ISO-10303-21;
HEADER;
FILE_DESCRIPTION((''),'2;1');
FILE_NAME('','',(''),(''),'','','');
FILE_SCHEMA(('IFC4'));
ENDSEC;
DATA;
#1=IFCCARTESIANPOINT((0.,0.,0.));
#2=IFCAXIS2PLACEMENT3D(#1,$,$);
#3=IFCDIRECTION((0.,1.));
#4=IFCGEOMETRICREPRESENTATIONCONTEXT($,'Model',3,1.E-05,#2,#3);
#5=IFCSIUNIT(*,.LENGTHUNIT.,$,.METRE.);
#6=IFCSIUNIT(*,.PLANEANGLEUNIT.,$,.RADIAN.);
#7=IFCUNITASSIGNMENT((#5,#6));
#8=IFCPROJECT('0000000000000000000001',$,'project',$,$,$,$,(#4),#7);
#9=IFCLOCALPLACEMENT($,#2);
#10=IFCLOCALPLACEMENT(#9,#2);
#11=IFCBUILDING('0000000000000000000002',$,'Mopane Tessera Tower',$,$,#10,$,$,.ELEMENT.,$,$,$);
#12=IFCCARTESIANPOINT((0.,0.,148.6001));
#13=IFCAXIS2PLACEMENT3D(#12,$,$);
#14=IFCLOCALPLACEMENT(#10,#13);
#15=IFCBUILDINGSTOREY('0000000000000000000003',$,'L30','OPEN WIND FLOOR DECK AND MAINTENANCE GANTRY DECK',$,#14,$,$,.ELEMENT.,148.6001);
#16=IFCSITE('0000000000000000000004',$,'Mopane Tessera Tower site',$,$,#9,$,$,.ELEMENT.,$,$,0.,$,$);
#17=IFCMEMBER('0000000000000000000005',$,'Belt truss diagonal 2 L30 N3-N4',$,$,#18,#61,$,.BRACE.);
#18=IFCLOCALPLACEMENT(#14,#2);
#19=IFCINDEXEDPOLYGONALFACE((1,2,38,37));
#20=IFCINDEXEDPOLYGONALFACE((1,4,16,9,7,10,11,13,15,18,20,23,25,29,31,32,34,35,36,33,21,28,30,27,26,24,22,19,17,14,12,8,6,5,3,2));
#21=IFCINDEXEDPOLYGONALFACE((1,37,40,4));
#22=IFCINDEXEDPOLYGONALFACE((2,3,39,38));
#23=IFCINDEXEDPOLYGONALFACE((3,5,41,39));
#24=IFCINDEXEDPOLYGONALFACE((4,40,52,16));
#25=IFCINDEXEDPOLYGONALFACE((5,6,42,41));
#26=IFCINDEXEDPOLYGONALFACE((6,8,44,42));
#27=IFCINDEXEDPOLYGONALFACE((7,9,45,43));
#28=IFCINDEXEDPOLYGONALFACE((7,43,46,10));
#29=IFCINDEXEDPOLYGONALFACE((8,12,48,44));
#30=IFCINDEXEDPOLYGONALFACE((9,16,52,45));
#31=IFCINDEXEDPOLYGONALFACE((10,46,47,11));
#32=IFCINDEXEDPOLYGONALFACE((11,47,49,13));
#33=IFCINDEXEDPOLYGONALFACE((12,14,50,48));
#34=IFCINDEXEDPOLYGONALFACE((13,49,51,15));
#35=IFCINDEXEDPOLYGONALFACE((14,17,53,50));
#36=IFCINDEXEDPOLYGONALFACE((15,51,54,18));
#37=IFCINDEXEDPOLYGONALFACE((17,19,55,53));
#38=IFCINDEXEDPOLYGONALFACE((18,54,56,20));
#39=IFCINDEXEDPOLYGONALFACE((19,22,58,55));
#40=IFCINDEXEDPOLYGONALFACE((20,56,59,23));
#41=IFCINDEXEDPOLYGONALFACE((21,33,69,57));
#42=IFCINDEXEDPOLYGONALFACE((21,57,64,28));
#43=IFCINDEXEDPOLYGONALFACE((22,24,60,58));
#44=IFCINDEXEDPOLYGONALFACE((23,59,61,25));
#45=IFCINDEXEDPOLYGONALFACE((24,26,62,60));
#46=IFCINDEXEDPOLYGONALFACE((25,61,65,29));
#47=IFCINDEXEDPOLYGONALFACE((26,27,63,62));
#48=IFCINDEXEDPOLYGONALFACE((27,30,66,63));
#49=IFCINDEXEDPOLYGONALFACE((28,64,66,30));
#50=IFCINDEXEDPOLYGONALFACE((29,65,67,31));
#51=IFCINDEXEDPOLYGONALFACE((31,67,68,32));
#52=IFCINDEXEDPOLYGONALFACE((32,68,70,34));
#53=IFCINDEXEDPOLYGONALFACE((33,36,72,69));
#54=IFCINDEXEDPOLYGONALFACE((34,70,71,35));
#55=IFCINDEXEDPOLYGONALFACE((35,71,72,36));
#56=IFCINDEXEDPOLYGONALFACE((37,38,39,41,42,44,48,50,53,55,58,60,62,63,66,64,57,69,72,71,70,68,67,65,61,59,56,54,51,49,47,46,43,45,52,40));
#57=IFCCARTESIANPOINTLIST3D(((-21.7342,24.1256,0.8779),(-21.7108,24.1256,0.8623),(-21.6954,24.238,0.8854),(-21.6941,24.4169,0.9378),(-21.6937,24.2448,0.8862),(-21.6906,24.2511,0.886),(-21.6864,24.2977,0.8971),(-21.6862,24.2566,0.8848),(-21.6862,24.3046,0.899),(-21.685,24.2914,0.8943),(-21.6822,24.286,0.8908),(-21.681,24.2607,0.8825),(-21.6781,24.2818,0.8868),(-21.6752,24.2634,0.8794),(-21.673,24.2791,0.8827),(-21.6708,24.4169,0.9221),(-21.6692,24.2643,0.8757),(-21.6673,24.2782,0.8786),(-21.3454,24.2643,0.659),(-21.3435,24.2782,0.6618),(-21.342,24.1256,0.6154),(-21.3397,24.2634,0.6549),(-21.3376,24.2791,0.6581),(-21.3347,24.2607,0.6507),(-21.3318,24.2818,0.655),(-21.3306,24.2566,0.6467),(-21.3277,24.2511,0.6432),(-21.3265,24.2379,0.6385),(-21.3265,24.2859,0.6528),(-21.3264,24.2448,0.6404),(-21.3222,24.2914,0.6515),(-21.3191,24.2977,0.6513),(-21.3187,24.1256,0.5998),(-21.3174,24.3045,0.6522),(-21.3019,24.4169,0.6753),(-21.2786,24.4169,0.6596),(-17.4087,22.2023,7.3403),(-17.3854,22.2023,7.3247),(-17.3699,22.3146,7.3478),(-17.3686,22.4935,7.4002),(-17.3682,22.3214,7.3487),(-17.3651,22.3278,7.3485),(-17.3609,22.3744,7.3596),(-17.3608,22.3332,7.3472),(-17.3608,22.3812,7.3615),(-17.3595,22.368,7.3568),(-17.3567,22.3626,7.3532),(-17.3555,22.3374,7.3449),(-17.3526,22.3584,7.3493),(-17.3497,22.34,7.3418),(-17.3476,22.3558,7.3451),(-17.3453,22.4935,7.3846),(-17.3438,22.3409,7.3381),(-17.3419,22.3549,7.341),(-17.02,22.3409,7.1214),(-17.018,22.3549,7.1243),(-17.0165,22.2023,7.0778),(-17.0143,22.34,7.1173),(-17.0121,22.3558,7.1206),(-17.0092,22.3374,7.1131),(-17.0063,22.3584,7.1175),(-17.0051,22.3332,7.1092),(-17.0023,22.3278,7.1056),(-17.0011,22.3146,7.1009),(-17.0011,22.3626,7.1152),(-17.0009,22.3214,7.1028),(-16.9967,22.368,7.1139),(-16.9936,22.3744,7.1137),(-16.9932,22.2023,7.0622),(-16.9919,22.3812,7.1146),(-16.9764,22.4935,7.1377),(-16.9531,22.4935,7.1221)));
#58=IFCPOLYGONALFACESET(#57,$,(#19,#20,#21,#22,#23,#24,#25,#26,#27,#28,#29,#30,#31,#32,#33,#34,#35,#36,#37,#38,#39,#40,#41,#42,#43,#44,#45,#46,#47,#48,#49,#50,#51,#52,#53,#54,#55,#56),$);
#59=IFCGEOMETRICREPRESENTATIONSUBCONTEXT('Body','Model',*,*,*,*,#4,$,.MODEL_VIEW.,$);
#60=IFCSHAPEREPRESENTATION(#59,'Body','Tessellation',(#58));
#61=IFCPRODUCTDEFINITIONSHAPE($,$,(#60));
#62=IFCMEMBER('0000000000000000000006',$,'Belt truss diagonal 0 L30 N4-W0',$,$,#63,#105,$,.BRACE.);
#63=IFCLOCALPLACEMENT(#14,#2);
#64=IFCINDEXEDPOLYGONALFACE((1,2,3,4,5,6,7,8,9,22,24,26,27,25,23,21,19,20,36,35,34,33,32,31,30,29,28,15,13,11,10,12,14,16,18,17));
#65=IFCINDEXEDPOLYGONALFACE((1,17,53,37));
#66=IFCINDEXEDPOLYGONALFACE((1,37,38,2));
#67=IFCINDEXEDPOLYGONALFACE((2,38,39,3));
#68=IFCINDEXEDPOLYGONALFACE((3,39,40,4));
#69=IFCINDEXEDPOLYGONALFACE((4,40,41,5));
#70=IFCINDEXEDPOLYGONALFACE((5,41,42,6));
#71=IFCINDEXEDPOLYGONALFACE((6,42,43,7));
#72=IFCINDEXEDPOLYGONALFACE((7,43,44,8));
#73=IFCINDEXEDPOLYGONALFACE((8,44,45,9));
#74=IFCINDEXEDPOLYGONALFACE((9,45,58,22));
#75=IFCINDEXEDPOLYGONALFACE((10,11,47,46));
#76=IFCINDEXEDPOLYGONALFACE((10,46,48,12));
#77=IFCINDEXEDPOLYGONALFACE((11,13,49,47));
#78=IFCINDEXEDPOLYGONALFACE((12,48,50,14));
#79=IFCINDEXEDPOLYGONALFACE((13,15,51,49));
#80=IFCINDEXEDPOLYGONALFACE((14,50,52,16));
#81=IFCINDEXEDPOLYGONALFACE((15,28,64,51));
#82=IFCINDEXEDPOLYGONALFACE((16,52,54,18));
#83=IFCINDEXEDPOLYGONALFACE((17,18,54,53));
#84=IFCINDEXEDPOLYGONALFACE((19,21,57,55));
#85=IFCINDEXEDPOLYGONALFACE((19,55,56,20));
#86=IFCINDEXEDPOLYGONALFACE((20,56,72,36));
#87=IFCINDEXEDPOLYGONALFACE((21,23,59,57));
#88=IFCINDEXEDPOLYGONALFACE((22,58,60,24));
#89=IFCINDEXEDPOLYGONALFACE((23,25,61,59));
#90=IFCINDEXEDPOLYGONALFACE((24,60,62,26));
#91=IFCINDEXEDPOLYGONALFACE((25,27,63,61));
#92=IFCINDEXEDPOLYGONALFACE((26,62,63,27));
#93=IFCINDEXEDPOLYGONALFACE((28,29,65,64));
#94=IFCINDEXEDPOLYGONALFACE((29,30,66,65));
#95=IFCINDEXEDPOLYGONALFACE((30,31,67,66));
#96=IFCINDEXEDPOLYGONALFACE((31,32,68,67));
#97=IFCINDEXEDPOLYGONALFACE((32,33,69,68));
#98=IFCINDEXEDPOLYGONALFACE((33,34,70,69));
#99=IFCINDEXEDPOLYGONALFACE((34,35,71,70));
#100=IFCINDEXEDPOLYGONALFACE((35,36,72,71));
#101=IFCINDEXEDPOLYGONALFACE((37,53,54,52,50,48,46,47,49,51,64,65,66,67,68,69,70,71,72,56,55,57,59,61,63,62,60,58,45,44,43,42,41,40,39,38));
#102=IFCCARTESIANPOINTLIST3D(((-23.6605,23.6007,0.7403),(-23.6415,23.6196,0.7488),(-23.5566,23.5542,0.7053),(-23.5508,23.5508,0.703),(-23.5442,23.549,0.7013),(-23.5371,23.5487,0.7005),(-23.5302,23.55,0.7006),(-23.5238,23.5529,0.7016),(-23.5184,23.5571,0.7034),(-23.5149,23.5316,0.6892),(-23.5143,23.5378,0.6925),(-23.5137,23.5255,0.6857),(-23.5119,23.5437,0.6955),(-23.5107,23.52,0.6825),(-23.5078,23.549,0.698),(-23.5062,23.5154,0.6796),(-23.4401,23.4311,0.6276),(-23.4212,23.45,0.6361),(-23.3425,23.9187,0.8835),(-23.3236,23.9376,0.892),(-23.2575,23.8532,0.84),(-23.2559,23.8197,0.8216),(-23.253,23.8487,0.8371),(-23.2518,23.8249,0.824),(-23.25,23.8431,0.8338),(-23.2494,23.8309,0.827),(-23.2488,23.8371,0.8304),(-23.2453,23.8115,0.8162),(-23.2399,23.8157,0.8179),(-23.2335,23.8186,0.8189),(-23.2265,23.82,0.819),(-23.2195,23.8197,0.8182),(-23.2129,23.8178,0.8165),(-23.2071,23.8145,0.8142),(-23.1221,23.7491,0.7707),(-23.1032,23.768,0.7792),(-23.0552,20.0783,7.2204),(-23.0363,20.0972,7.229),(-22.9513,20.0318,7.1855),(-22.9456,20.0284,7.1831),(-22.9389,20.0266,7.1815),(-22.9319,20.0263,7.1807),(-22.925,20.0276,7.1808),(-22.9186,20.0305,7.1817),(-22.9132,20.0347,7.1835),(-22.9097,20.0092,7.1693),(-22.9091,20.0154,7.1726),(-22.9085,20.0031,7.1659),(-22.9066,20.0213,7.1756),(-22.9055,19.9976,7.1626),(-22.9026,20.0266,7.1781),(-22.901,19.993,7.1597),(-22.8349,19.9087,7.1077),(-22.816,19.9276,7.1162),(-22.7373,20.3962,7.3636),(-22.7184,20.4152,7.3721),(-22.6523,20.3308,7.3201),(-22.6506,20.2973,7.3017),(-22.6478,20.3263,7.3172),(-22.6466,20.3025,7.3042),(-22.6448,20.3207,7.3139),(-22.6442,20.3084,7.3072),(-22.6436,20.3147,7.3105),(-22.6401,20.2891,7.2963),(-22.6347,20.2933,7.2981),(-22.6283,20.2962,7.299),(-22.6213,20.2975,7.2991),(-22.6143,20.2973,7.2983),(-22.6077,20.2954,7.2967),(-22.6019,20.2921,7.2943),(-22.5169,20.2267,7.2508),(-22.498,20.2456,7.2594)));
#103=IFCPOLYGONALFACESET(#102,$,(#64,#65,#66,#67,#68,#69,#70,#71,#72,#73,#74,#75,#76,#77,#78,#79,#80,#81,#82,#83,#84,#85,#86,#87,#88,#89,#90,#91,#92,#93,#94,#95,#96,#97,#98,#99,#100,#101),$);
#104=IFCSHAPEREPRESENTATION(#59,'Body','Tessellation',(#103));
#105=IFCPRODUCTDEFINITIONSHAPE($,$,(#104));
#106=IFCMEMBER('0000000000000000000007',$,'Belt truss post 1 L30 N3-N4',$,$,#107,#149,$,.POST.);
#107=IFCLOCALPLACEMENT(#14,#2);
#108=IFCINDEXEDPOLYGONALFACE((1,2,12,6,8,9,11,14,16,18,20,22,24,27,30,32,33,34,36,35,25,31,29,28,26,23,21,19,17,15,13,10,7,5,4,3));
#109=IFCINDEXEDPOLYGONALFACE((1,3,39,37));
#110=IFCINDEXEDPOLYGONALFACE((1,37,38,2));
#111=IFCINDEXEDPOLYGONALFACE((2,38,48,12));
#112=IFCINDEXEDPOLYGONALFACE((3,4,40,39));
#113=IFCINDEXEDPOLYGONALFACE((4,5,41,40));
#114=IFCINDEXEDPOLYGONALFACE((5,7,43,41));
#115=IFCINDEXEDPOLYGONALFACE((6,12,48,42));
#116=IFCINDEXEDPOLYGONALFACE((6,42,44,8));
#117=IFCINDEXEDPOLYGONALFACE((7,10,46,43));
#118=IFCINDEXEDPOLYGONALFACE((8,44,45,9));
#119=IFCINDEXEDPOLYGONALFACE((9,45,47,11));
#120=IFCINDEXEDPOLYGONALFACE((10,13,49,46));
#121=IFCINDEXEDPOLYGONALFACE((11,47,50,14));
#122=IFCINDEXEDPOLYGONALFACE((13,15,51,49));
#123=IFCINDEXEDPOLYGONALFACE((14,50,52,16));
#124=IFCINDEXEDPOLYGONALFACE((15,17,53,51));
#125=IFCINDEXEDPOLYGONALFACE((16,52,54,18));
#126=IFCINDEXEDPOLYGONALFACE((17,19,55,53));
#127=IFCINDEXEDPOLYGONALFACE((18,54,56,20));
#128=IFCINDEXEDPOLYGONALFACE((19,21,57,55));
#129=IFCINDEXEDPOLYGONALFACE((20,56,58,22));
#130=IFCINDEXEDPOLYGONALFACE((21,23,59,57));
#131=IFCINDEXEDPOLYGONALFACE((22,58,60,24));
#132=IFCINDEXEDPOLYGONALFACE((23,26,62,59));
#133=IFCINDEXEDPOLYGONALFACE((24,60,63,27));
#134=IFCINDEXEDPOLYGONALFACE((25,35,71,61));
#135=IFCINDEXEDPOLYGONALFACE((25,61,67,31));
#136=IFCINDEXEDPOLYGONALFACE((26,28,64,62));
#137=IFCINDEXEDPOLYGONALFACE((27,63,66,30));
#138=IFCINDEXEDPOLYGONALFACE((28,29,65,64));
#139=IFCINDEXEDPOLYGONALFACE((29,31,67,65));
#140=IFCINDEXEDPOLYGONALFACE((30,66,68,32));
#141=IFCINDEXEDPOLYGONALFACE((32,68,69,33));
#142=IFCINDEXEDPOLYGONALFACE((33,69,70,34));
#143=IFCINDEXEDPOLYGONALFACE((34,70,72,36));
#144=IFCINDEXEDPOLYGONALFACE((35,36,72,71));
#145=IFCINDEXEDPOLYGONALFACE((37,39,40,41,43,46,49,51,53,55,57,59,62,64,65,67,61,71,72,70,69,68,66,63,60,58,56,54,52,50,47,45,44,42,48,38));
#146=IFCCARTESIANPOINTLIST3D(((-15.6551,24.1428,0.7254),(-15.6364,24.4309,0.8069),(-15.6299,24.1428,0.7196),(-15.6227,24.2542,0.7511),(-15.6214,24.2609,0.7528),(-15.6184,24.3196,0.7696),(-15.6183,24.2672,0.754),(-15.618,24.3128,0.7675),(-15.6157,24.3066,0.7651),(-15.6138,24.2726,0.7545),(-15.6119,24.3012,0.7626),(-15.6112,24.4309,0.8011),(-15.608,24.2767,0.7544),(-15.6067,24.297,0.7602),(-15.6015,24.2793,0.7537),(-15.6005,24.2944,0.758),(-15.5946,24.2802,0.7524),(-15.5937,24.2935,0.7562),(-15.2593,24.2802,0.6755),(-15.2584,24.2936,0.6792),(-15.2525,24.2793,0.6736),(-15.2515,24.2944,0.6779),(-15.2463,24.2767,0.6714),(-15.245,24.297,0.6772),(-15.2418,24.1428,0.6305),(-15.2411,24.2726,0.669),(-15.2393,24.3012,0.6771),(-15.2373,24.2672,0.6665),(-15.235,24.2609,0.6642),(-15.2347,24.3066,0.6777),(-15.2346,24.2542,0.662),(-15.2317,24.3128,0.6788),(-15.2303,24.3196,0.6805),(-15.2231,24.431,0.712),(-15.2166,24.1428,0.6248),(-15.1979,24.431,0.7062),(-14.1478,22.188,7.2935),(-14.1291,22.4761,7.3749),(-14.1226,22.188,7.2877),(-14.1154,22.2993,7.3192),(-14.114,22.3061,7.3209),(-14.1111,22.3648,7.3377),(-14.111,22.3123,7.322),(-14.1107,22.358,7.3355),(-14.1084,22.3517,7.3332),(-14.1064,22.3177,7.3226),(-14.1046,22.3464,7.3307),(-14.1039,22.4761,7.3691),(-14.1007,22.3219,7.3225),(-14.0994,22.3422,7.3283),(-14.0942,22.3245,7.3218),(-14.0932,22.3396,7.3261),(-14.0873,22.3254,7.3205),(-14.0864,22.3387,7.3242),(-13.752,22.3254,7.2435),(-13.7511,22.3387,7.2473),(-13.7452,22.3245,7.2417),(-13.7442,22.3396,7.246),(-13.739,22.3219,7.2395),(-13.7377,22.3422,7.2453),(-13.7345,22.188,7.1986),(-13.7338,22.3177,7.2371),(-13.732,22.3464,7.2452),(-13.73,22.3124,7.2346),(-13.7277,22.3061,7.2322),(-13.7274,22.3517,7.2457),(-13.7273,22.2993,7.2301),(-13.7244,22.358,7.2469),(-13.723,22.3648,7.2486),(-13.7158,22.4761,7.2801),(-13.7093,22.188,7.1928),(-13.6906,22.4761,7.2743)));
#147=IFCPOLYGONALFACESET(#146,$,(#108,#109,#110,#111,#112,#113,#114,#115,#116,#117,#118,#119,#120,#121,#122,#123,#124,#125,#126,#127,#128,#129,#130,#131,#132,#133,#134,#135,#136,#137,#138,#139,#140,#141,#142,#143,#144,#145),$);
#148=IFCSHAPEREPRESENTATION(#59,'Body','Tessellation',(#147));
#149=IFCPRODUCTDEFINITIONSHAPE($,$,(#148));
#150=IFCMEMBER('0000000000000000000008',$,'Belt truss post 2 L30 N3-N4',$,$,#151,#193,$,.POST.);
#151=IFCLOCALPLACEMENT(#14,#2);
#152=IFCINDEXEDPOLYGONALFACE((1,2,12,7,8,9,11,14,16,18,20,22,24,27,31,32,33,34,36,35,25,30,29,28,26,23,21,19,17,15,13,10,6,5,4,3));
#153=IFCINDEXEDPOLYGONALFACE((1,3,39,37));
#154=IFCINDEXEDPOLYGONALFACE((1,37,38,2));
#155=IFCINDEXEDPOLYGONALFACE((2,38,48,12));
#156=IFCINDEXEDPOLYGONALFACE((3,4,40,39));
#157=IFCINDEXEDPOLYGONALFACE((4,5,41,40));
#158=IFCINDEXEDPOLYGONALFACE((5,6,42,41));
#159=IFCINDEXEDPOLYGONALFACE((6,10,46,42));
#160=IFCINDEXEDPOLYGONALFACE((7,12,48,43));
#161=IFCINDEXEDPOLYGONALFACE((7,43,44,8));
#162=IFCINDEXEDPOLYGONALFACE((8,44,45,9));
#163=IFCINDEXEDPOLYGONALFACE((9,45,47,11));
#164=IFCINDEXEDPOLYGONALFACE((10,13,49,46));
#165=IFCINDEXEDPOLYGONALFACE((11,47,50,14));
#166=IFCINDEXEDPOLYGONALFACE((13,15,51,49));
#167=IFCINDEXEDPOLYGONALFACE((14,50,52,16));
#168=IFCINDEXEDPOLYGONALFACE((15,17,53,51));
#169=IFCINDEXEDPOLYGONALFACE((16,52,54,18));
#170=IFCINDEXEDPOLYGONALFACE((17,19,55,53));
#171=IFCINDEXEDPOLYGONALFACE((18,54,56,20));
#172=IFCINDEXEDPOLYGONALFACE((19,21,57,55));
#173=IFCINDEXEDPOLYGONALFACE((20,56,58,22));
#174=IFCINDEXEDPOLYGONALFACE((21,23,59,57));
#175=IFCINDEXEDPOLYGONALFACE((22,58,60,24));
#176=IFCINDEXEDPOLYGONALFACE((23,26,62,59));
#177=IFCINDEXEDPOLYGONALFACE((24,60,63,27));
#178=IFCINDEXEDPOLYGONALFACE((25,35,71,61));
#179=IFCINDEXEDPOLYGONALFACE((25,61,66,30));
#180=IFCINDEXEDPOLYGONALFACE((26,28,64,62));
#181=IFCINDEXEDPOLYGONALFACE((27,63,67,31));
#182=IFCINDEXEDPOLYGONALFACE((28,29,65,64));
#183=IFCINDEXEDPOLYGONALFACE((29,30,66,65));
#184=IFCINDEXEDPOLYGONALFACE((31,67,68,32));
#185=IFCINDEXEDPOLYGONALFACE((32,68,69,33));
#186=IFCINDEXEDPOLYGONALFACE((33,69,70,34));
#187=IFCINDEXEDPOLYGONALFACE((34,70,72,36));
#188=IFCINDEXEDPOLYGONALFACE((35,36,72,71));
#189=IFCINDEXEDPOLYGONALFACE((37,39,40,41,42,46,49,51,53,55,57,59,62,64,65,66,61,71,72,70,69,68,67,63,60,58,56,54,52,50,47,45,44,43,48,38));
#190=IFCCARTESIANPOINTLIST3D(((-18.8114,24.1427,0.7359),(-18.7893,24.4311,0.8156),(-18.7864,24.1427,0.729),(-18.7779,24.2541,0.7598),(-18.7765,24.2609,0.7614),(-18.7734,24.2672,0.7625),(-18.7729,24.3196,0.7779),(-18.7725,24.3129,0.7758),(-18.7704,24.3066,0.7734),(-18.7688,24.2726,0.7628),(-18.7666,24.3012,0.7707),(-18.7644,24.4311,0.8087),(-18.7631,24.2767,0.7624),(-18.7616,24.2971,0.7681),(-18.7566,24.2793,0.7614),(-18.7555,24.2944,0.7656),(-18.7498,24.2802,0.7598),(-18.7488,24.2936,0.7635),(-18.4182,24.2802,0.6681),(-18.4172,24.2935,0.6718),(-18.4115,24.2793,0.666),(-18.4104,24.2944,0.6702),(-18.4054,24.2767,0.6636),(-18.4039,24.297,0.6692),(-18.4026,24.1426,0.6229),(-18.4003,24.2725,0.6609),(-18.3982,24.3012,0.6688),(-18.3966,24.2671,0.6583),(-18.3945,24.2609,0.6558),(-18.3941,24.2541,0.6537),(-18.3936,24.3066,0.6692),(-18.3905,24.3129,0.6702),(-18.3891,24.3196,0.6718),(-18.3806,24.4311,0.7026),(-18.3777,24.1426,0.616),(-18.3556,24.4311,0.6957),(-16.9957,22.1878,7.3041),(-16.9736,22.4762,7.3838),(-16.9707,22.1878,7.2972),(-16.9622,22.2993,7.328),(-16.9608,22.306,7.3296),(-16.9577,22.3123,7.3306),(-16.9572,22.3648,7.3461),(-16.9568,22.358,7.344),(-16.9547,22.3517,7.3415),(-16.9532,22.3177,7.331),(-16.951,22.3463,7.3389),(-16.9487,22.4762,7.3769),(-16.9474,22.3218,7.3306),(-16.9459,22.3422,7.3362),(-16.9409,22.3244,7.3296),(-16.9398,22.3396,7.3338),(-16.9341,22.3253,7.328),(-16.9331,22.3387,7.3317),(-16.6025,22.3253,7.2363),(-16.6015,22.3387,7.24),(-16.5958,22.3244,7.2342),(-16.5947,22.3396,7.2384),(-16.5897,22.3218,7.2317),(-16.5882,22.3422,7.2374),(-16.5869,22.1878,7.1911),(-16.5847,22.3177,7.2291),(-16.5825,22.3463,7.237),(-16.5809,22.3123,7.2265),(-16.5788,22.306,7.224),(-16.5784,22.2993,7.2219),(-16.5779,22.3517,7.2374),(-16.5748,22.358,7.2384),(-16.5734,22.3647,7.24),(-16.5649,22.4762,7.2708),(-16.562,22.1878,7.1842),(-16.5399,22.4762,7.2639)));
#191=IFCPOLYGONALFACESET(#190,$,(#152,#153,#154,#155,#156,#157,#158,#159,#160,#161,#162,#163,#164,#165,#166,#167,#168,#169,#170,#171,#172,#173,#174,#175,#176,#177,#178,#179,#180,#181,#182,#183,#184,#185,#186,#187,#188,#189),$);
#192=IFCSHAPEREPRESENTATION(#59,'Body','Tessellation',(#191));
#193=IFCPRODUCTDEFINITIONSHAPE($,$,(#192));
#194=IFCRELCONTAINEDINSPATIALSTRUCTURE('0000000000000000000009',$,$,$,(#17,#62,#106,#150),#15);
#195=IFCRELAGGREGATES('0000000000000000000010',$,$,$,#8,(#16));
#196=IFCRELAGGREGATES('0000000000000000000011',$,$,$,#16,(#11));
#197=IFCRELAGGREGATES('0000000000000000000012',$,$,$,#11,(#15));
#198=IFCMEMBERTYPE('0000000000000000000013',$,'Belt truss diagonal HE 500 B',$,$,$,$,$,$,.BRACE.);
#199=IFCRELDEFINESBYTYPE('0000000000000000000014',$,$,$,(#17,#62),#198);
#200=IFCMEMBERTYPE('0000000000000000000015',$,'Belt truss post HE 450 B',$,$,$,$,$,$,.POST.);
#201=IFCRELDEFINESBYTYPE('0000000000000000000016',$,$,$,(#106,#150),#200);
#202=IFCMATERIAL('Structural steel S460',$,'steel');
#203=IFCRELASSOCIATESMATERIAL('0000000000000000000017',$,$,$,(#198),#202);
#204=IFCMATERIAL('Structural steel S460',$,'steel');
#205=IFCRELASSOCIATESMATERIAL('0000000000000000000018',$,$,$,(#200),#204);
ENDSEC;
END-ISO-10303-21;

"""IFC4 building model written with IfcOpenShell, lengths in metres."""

from ifc_helpers import new_model, si_unit, direction, frame, origin, origin_2d, place, context, subcontext, project, spatial, i_section, extrude, material, material_profile, profile_set, type_object, element, save


model = new_model("IFC4")

# Units and contexts
model_context = context("Model", 3, precision=1e-05, world=origin(), true_north=direction((0.0, 1.0)))
body_context = subcontext(model_context, "Body", "Model", "MODEL_VIEW")
ifc_project = project(units=[si_unit("LENGTHUNIT", "METRE"), si_unit("PLANEANGLEUNIT", "RADIAN")], contexts=[model_context])

# Site, building, storey
site_placement = place(None, origin())
site = spatial("IfcSite", under=ifc_project, at=site_placement, Name="Mopane Tessera Tower site", CompositionType="ELEMENT", RefElevation=0.0)
building_placement = place(site_placement, origin())
building = spatial("IfcBuilding", under=site, at=building_placement, Name="Mopane Tessera Tower", CompositionType="ELEMENT")
storey_placement = place(building_placement, frame((0.0, 0.0, 148.6001)))
storey = spatial("IfcBuildingStorey", under=building, at=storey_placement, Name="L30", Description="OPEN WIND FLOOR DECK AND MAINTENANCE GANTRY DECK", CompositionType="ELEMENT", Elevation=148.6001)

# Members
ifc_material_1 = material(Name="Structural steel S460", Category="steel")
ifc_material_profile_1 = material_profile(ifc_material_1, i_section(OverallWidth=0.3, OverallDepth=0.5, WebThickness=0.0144, FlangeThickness=0.0281, FilletRadius=0.0271, at=origin_2d()))
ifc_profile_set_1 = profile_set([ifc_material_profile_1], Name="Structural steel S460")
member_type_1 = type_object("IfcMemberType", Name="Belt truss diagonal HE 500 B", PredefinedType="BRACE", material=ifc_profile_set_1)
member_1_placement = place(storey_placement, frame((-17.1809, 22.3479, 7.2312), z_axis=(-0.539958, 0.240096, -0.806721), x_axis=(-0.133562, -0.970749, -0.199518)))
element("IfcMember", 1, at=member_1_placement, inside=storey, type_object=member_type_1, Name="Belt truss diagonal 2 L30 N3-N4", PredefinedType="BRACE", context=body_context, shape_type="SweptSolid", body=[
    extrude(i_section(OverallWidth=0.3, OverallDepth=0.5, WebThickness=0.0144, FlangeThickness=0.0281, FilletRadius=0.0271, at=origin_2d()), origin(), (0.0, 0.0, 1.0), 8.0107),
])
member_2_placement = place(storey_placement, frame((-23.3818, 23.6843, 0.7598), z_axis=(0.081782, -0.475976, 0.875647), x_axis=(0.73441, -0.56517, -0.3758)))
element("IfcMember", 2, at=member_2_placement, inside=storey, type_object=member_type_1, Name="Belt truss diagonal 0 L30 N4-W0", PredefinedType="BRACE", context=body_context, shape_type="SweptSolid", body=[
    extrude(i_section(OverallWidth=0.3, OverallDepth=0.5, WebThickness=0.0144, FlangeThickness=0.0281, FilletRadius=0.0271, at=origin_2d()), origin(), (0.0, 0.0, 1.0), 7.4004),
])
ifc_material_2 = material(Name="Structural steel S460", Category="steel")
ifc_material_profile_2 = material_profile(ifc_material_2, i_section(OverallWidth=0.3, OverallDepth=0.45, WebThickness=0.0139, FlangeThickness=0.0259, FilletRadius=0.0271, at=origin_2d()))
ifc_profile_set_2 = profile_set([ifc_material_profile_2], Name="Structural steel S460")
member_type_2 = type_object("IfcMemberType", Name="Belt truss post HE 450 B", PredefinedType="POST", material=ifc_profile_set_2)
member_3_placement = place(storey_placement, frame((-15.4265, 24.2869, 0.7158), z_axis=(0.214821, -0.278599, 0.936074), x_axis=(-0.062298, -0.960408, -0.271544)))
element("IfcMember", 3, at=member_3_placement, inside=storey, type_object=member_type_2, Name="Belt truss post 1 L30 N3-N4", PredefinedType="POST", context=body_context, shape_type="SweptSolid", body=[
    extrude(i_section(OverallWidth=0.3, OverallDepth=0.45, WebThickness=0.0139, FlangeThickness=0.0259, FilletRadius=0.0271, at=origin_2d()), origin(), (0.0, 0.0, 1.0), 7.0166),
])
member_4_placement = place(storey_placement, frame((-18.5835, 24.2869, 0.7158), z_axis=(0.256115, -0.275744, 0.926483), x_axis=(-0.073511, -0.961231, -0.265765)))
element("IfcMember", 4, at=member_4_placement, inside=storey, type_object=member_type_2, Name="Belt truss post 2 L30 N3-N4", PredefinedType="POST", context=body_context, shape_type="SweptSolid", body=[
    extrude(i_section(OverallWidth=0.3, OverallDepth=0.45, WebThickness=0.0139, FlangeThickness=0.0259, FilletRadius=0.0271, at=origin_2d()), origin(), (0.0, 0.0, 1.0), 7.0894),
])

save(model, "model.ifc")
